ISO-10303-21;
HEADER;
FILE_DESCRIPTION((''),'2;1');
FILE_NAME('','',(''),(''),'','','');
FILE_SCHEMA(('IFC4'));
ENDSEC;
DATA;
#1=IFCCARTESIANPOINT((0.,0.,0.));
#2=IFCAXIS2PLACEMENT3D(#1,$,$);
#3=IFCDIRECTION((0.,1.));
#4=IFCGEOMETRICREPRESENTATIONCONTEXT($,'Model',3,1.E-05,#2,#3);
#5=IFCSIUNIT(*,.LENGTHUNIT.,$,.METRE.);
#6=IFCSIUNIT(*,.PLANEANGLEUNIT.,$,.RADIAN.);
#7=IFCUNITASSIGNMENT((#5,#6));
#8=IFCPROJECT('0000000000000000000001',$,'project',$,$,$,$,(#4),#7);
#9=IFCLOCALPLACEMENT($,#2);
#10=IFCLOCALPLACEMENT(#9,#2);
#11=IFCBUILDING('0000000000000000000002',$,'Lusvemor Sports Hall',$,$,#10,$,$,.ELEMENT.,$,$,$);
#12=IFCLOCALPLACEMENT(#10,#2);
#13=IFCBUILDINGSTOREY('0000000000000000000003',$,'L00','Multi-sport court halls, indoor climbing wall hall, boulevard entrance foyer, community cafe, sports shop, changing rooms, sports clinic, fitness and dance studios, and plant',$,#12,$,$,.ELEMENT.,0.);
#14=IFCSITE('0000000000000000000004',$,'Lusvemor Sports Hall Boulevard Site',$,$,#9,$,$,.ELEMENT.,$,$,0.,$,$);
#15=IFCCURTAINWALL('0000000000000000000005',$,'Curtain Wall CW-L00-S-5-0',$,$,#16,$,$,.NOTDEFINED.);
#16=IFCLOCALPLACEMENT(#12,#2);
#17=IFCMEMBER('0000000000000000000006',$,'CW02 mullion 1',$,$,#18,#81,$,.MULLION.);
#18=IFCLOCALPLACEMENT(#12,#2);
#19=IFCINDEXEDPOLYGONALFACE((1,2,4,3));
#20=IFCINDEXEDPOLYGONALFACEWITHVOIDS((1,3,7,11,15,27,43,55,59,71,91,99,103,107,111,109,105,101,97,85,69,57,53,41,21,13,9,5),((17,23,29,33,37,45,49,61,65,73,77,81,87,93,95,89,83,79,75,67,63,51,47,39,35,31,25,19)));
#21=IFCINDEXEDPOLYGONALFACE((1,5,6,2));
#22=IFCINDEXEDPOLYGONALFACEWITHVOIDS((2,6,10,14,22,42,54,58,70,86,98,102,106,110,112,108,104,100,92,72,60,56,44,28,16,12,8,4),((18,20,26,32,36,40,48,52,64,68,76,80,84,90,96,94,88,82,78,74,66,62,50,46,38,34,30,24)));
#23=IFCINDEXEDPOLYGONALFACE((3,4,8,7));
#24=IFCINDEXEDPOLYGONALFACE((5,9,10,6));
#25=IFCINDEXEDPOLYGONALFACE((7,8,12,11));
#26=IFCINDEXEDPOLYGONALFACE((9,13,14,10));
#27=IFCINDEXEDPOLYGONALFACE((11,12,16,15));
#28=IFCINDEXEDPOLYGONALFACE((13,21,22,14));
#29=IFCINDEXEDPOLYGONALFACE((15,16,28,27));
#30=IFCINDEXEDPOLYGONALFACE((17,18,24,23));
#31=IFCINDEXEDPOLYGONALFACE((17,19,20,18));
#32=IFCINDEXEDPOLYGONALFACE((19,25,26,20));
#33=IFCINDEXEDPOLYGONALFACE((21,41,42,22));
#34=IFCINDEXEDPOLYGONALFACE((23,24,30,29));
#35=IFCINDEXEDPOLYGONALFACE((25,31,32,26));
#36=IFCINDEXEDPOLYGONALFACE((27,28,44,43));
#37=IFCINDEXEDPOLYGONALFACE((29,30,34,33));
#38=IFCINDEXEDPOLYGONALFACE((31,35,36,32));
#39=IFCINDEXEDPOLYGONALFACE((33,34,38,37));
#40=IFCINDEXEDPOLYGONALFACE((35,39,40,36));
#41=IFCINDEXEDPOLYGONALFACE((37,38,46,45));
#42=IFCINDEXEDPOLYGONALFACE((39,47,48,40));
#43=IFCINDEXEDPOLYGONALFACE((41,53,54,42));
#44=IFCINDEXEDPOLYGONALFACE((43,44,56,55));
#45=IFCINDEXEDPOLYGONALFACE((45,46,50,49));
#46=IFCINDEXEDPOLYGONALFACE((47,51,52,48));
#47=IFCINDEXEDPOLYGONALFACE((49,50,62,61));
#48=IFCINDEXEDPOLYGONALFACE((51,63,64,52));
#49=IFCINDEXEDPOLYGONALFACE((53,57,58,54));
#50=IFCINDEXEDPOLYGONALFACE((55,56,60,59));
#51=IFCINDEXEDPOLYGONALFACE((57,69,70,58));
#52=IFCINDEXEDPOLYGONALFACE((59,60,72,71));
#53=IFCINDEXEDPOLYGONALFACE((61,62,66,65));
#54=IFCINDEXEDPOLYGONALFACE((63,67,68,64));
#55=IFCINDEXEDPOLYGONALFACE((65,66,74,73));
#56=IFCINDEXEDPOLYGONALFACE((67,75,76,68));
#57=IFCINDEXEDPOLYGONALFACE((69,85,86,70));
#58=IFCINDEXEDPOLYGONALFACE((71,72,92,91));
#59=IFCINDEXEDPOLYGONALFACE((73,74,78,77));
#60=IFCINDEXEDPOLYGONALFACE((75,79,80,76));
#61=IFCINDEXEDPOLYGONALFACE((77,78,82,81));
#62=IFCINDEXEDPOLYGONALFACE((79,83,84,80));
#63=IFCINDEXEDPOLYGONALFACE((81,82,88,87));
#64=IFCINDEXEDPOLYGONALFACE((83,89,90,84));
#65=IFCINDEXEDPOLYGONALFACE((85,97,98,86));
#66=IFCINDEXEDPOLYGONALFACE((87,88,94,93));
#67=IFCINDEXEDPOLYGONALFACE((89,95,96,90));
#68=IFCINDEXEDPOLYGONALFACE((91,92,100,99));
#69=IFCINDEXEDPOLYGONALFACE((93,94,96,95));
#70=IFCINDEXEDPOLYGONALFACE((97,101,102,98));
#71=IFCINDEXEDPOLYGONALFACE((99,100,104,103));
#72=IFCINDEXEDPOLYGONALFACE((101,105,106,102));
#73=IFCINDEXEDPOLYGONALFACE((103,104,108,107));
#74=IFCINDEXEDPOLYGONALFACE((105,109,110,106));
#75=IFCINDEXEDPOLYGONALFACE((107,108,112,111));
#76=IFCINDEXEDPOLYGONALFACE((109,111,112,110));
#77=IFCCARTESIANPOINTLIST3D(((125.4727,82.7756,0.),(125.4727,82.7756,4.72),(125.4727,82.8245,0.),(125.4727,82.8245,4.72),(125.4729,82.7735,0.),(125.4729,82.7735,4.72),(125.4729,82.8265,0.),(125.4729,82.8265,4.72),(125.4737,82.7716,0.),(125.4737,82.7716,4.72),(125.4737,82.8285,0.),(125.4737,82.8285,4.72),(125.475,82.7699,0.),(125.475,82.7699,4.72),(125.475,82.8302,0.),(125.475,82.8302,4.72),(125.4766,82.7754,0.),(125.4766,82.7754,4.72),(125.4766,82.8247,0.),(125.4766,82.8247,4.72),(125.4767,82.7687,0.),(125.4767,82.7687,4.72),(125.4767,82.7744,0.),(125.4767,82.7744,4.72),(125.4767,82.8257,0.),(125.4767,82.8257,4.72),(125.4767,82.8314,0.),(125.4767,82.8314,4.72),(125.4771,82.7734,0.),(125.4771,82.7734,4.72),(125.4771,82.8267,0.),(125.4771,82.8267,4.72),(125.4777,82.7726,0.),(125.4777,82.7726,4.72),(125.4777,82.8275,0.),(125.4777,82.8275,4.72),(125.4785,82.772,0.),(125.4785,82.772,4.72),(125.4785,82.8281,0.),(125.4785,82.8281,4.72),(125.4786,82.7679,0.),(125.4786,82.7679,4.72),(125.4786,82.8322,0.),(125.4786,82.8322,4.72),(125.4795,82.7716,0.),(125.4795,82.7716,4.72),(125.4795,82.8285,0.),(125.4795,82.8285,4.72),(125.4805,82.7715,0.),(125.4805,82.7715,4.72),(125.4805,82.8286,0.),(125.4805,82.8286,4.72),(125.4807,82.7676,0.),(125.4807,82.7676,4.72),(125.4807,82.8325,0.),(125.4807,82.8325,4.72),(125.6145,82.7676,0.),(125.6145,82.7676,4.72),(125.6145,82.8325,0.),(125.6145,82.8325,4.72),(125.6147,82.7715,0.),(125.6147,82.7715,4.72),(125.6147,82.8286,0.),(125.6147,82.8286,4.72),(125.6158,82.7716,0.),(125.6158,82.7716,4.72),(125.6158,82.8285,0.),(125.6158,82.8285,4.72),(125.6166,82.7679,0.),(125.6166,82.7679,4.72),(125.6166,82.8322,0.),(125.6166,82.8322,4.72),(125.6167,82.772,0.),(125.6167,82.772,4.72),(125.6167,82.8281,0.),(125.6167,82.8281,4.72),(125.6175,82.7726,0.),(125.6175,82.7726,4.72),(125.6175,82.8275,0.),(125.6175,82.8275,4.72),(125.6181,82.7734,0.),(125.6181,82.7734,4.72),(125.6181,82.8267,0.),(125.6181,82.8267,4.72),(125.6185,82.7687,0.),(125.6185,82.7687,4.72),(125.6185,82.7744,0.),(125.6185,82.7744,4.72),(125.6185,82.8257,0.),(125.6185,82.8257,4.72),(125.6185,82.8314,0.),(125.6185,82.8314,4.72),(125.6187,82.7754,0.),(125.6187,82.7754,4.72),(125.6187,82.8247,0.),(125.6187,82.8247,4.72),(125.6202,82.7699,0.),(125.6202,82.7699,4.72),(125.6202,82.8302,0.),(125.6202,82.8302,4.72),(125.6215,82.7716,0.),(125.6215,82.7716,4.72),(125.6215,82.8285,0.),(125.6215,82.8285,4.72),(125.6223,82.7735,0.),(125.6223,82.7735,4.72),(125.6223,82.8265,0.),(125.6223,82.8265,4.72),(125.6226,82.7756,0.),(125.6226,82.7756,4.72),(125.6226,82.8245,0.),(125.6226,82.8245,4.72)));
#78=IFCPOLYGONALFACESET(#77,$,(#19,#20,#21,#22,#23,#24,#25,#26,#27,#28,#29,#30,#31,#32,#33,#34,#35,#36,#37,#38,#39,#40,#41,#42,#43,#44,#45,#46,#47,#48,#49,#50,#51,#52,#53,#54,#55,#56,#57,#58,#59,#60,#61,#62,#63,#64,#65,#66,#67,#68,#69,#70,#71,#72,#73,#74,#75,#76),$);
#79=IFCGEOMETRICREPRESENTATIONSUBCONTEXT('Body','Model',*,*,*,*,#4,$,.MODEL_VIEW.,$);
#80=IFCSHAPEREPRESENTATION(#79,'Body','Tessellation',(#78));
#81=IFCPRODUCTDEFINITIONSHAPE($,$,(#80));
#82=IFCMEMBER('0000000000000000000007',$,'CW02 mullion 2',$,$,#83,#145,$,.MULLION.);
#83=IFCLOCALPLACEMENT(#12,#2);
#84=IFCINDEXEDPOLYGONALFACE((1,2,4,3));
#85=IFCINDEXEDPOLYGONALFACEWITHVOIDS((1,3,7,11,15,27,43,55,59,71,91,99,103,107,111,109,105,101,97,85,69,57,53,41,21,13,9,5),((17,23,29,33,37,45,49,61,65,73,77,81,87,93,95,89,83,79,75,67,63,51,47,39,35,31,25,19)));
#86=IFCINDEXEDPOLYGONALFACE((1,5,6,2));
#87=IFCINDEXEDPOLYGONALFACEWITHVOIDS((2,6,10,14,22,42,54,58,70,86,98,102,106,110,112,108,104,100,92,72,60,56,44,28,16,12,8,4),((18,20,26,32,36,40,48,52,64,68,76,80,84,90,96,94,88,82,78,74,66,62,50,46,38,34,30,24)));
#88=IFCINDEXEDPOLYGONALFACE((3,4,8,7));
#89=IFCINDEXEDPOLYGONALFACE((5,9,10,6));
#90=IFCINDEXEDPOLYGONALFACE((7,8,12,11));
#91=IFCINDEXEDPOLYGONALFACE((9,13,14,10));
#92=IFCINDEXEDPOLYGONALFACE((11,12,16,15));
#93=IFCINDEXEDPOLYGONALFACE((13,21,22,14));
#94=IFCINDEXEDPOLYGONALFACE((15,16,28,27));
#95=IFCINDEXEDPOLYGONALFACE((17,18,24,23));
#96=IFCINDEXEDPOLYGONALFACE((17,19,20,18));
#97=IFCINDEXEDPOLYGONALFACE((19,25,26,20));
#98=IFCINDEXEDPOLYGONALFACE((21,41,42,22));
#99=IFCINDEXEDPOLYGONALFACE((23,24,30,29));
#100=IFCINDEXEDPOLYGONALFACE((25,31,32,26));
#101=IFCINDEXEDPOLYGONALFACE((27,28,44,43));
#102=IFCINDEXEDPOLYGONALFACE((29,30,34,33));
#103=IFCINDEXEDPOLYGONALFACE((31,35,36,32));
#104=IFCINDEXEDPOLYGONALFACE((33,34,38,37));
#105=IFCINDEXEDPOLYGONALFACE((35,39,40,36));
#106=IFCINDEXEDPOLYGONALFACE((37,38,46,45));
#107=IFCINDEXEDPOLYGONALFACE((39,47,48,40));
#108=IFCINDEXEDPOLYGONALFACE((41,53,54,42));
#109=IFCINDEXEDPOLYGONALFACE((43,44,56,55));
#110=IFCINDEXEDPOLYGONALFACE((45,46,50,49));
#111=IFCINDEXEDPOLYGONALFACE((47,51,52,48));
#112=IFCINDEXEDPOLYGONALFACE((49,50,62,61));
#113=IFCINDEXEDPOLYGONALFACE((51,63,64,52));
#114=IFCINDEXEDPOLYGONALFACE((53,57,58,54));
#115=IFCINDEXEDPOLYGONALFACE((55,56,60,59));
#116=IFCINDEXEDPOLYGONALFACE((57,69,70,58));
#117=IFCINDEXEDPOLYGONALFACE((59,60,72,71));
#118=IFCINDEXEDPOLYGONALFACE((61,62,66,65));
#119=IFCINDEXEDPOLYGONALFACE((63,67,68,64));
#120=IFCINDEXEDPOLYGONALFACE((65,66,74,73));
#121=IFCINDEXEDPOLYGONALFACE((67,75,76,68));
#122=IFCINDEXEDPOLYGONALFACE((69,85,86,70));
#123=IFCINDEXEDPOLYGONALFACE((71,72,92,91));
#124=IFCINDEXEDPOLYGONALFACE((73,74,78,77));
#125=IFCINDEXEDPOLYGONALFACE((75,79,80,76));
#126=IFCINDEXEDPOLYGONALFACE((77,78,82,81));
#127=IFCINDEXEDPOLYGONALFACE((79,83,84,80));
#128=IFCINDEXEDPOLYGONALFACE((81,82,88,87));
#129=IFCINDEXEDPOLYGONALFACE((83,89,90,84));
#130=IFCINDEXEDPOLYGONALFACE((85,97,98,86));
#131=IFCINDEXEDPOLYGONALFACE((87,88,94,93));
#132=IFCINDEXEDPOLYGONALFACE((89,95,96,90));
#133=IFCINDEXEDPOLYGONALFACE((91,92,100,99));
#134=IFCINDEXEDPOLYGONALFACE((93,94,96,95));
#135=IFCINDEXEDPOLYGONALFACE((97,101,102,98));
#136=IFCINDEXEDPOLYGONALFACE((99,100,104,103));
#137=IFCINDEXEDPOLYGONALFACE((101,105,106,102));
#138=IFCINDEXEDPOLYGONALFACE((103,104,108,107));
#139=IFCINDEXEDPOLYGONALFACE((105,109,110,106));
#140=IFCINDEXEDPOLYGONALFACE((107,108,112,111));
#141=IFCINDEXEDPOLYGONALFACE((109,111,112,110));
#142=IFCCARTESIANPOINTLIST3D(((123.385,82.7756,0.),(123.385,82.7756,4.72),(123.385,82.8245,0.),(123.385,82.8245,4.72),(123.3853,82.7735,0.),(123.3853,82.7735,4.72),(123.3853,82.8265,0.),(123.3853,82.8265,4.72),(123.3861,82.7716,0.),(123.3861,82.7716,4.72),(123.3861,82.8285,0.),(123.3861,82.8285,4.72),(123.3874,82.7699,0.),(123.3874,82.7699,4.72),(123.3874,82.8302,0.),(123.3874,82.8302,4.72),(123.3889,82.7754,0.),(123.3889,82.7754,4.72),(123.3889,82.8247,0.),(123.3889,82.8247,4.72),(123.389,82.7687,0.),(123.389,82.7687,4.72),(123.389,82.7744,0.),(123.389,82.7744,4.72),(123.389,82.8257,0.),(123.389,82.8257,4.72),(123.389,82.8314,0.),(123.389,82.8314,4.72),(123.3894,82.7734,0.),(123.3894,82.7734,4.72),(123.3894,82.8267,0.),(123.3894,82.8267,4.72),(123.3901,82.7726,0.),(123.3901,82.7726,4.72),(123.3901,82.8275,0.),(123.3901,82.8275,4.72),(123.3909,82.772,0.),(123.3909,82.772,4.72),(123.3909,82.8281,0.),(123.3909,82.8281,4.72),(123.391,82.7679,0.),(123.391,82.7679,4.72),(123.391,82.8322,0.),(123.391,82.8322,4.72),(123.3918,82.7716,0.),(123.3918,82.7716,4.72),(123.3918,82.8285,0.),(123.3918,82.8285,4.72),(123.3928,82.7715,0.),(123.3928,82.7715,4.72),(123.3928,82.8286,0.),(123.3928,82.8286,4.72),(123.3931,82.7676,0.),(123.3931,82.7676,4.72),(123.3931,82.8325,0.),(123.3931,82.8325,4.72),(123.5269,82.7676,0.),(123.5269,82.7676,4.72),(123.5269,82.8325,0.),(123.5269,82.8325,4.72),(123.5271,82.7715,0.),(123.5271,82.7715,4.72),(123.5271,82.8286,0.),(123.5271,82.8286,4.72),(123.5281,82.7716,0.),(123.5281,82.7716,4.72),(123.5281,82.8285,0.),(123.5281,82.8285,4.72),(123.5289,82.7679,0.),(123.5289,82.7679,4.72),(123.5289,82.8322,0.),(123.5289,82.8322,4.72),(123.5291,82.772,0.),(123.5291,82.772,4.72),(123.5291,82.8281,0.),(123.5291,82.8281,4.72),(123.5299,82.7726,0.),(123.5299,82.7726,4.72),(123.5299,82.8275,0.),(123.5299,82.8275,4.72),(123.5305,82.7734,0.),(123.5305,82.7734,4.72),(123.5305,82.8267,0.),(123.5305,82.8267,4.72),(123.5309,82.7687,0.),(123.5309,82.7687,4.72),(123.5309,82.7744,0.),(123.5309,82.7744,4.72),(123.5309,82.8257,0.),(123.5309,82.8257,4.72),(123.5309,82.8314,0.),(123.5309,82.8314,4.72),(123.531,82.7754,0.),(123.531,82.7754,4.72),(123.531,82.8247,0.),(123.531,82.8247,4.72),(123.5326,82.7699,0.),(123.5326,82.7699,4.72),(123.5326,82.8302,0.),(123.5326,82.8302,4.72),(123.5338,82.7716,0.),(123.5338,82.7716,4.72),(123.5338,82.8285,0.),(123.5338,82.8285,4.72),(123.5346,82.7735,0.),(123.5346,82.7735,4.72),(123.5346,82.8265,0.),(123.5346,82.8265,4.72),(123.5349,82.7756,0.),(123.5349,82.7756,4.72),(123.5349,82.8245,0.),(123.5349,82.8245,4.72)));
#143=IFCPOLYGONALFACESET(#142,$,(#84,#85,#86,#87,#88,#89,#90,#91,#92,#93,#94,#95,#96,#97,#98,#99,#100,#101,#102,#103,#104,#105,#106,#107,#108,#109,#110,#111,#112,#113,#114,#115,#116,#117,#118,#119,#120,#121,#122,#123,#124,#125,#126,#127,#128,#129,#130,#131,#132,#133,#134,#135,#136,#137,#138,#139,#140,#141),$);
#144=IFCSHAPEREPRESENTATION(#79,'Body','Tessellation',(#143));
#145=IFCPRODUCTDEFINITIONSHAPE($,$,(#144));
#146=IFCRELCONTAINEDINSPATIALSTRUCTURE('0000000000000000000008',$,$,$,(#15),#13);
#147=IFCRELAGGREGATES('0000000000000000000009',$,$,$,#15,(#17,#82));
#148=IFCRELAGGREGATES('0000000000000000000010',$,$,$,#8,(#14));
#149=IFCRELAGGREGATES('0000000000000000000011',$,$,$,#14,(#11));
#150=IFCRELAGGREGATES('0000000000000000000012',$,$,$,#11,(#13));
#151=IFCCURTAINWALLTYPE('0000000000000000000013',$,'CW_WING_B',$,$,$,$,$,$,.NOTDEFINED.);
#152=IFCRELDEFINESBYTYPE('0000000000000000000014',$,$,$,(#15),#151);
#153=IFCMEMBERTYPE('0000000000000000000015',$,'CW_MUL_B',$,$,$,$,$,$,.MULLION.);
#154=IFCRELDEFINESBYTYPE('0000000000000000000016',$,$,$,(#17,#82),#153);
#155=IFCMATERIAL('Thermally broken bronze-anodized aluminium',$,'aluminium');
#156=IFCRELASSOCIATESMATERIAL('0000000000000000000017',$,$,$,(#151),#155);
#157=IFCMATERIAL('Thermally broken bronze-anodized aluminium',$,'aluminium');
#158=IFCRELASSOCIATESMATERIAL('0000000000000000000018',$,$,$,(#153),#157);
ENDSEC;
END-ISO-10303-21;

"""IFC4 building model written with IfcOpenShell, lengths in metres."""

from ifc_helpers import new_model, si_unit, direction, frame, origin, origin_2d, place, context, subcontext, project, spatial, hollow_rectangle, extrude, material, material_profile, profile_set, type_object, element, aggregate, save


model = new_model("IFC4")

# Units and contexts
model_context = context("Model", 3, precision=1e-05, world=origin(), true_north=direction((0.0, 1.0)))
body_context = subcontext(model_context, "Body", "Model", "MODEL_VIEW")
ifc_project = project(units=[si_unit("LENGTHUNIT", "METRE"), si_unit("PLANEANGLEUNIT", "RADIAN")], contexts=[model_context])

# Site, building, storey
site_placement = place(None, origin())
site = spatial("IfcSite", under=ifc_project, at=site_placement, Name="Lusvemor Sports Hall Boulevard Site", CompositionType="ELEMENT", RefElevation=0.0)
building_placement = place(site_placement, origin())
building = spatial("IfcBuilding", under=site, at=building_placement, Name="Lusvemor Sports Hall", CompositionType="ELEMENT")
storey_placement = place(building_placement, origin())
storey = spatial("IfcBuildingStorey", under=building, at=storey_placement, Name="L00", Description="Multi-sport court halls, indoor climbing wall hall, boulevard entrance foyer, community cafe, sports shop, changing rooms, sports clinic, fitness and dance studios, and plant", CompositionType="ELEMENT", Elevation=0.0)

# Curtain wall, members
ifc_material_1 = material(Name="Thermally broken bronze-anodized aluminium", Category="aluminium")
curtain_wall_type = type_object("IfcCurtainWallType", Name="CW_WING_B", PredefinedType="NOTDEFINED", material=ifc_material_1)
curtain_wall_placement = place(storey_placement, origin())
curtain_wall = element("IfcCurtainWall", 1, at=curtain_wall_placement, inside=storey, type_object=curtain_wall_type, Name="Curtain Wall CW-L00-S-5-0", PredefinedType="NOTDEFINED")
ifc_material_2 = material(Name="Thermally broken bronze-anodized aluminium", Category="aluminium")
ifc_material_profile_1 = material_profile(ifc_material_2, hollow_rectangle(XDim=0.0649, YDim=0.1499, WallThickness=0.0039, InnerFilletRadius=0.0039, OuterFilletRadius=0.0081, at=origin_2d()), Name="CWMUL150x65x4")
ifc_profile_set_1 = profile_set([ifc_material_profile_1], Name="Thermally broken bronze-anodized aluminium")
member_type_1 = type_object("IfcMemberType", Name="CW_MUL_B", PredefinedType="MULLION", material=ifc_profile_set_1)
member_1_placement = place(storey_placement, frame((125.5476, 82.8, 0.0), z_axis=(0.0, 0.0, 1.0), x_axis=(0.0, -1.0, 0.0)))
member_1 = element("IfcMember", 2, at=member_1_placement, type_object=member_type_1, Name="CW02 mullion 1", PredefinedType="MULLION", context=body_context, shape_type="SweptSolid", body=[
    extrude(hollow_rectangle(XDim=0.0649, YDim=0.1499, WallThickness=0.0039, InnerFilletRadius=0.0039, OuterFilletRadius=0.0081, at=origin_2d()), origin(), (0.0, 0.0, 1.0), 4.72),
])
member_2_placement = place(storey_placement, frame((123.46, 82.8, 0.0), z_axis=(0.0, 0.0, 1.0), x_axis=(0.0, -1.0, 0.0)))
member_2 = element("IfcMember", 3, at=member_2_placement, type_object=member_type_1, Name="CW02 mullion 2", PredefinedType="MULLION", context=body_context, shape_type="SweptSolid", body=[
    extrude(hollow_rectangle(XDim=0.0649, YDim=0.1499, WallThickness=0.0039, InnerFilletRadius=0.0039, OuterFilletRadius=0.0081, at=origin_2d()), origin(), (0.0, 0.0, 1.0), 4.72),
])
aggregate(curtain_wall, [member_1, member_2])

save(model, "model.ifc")
